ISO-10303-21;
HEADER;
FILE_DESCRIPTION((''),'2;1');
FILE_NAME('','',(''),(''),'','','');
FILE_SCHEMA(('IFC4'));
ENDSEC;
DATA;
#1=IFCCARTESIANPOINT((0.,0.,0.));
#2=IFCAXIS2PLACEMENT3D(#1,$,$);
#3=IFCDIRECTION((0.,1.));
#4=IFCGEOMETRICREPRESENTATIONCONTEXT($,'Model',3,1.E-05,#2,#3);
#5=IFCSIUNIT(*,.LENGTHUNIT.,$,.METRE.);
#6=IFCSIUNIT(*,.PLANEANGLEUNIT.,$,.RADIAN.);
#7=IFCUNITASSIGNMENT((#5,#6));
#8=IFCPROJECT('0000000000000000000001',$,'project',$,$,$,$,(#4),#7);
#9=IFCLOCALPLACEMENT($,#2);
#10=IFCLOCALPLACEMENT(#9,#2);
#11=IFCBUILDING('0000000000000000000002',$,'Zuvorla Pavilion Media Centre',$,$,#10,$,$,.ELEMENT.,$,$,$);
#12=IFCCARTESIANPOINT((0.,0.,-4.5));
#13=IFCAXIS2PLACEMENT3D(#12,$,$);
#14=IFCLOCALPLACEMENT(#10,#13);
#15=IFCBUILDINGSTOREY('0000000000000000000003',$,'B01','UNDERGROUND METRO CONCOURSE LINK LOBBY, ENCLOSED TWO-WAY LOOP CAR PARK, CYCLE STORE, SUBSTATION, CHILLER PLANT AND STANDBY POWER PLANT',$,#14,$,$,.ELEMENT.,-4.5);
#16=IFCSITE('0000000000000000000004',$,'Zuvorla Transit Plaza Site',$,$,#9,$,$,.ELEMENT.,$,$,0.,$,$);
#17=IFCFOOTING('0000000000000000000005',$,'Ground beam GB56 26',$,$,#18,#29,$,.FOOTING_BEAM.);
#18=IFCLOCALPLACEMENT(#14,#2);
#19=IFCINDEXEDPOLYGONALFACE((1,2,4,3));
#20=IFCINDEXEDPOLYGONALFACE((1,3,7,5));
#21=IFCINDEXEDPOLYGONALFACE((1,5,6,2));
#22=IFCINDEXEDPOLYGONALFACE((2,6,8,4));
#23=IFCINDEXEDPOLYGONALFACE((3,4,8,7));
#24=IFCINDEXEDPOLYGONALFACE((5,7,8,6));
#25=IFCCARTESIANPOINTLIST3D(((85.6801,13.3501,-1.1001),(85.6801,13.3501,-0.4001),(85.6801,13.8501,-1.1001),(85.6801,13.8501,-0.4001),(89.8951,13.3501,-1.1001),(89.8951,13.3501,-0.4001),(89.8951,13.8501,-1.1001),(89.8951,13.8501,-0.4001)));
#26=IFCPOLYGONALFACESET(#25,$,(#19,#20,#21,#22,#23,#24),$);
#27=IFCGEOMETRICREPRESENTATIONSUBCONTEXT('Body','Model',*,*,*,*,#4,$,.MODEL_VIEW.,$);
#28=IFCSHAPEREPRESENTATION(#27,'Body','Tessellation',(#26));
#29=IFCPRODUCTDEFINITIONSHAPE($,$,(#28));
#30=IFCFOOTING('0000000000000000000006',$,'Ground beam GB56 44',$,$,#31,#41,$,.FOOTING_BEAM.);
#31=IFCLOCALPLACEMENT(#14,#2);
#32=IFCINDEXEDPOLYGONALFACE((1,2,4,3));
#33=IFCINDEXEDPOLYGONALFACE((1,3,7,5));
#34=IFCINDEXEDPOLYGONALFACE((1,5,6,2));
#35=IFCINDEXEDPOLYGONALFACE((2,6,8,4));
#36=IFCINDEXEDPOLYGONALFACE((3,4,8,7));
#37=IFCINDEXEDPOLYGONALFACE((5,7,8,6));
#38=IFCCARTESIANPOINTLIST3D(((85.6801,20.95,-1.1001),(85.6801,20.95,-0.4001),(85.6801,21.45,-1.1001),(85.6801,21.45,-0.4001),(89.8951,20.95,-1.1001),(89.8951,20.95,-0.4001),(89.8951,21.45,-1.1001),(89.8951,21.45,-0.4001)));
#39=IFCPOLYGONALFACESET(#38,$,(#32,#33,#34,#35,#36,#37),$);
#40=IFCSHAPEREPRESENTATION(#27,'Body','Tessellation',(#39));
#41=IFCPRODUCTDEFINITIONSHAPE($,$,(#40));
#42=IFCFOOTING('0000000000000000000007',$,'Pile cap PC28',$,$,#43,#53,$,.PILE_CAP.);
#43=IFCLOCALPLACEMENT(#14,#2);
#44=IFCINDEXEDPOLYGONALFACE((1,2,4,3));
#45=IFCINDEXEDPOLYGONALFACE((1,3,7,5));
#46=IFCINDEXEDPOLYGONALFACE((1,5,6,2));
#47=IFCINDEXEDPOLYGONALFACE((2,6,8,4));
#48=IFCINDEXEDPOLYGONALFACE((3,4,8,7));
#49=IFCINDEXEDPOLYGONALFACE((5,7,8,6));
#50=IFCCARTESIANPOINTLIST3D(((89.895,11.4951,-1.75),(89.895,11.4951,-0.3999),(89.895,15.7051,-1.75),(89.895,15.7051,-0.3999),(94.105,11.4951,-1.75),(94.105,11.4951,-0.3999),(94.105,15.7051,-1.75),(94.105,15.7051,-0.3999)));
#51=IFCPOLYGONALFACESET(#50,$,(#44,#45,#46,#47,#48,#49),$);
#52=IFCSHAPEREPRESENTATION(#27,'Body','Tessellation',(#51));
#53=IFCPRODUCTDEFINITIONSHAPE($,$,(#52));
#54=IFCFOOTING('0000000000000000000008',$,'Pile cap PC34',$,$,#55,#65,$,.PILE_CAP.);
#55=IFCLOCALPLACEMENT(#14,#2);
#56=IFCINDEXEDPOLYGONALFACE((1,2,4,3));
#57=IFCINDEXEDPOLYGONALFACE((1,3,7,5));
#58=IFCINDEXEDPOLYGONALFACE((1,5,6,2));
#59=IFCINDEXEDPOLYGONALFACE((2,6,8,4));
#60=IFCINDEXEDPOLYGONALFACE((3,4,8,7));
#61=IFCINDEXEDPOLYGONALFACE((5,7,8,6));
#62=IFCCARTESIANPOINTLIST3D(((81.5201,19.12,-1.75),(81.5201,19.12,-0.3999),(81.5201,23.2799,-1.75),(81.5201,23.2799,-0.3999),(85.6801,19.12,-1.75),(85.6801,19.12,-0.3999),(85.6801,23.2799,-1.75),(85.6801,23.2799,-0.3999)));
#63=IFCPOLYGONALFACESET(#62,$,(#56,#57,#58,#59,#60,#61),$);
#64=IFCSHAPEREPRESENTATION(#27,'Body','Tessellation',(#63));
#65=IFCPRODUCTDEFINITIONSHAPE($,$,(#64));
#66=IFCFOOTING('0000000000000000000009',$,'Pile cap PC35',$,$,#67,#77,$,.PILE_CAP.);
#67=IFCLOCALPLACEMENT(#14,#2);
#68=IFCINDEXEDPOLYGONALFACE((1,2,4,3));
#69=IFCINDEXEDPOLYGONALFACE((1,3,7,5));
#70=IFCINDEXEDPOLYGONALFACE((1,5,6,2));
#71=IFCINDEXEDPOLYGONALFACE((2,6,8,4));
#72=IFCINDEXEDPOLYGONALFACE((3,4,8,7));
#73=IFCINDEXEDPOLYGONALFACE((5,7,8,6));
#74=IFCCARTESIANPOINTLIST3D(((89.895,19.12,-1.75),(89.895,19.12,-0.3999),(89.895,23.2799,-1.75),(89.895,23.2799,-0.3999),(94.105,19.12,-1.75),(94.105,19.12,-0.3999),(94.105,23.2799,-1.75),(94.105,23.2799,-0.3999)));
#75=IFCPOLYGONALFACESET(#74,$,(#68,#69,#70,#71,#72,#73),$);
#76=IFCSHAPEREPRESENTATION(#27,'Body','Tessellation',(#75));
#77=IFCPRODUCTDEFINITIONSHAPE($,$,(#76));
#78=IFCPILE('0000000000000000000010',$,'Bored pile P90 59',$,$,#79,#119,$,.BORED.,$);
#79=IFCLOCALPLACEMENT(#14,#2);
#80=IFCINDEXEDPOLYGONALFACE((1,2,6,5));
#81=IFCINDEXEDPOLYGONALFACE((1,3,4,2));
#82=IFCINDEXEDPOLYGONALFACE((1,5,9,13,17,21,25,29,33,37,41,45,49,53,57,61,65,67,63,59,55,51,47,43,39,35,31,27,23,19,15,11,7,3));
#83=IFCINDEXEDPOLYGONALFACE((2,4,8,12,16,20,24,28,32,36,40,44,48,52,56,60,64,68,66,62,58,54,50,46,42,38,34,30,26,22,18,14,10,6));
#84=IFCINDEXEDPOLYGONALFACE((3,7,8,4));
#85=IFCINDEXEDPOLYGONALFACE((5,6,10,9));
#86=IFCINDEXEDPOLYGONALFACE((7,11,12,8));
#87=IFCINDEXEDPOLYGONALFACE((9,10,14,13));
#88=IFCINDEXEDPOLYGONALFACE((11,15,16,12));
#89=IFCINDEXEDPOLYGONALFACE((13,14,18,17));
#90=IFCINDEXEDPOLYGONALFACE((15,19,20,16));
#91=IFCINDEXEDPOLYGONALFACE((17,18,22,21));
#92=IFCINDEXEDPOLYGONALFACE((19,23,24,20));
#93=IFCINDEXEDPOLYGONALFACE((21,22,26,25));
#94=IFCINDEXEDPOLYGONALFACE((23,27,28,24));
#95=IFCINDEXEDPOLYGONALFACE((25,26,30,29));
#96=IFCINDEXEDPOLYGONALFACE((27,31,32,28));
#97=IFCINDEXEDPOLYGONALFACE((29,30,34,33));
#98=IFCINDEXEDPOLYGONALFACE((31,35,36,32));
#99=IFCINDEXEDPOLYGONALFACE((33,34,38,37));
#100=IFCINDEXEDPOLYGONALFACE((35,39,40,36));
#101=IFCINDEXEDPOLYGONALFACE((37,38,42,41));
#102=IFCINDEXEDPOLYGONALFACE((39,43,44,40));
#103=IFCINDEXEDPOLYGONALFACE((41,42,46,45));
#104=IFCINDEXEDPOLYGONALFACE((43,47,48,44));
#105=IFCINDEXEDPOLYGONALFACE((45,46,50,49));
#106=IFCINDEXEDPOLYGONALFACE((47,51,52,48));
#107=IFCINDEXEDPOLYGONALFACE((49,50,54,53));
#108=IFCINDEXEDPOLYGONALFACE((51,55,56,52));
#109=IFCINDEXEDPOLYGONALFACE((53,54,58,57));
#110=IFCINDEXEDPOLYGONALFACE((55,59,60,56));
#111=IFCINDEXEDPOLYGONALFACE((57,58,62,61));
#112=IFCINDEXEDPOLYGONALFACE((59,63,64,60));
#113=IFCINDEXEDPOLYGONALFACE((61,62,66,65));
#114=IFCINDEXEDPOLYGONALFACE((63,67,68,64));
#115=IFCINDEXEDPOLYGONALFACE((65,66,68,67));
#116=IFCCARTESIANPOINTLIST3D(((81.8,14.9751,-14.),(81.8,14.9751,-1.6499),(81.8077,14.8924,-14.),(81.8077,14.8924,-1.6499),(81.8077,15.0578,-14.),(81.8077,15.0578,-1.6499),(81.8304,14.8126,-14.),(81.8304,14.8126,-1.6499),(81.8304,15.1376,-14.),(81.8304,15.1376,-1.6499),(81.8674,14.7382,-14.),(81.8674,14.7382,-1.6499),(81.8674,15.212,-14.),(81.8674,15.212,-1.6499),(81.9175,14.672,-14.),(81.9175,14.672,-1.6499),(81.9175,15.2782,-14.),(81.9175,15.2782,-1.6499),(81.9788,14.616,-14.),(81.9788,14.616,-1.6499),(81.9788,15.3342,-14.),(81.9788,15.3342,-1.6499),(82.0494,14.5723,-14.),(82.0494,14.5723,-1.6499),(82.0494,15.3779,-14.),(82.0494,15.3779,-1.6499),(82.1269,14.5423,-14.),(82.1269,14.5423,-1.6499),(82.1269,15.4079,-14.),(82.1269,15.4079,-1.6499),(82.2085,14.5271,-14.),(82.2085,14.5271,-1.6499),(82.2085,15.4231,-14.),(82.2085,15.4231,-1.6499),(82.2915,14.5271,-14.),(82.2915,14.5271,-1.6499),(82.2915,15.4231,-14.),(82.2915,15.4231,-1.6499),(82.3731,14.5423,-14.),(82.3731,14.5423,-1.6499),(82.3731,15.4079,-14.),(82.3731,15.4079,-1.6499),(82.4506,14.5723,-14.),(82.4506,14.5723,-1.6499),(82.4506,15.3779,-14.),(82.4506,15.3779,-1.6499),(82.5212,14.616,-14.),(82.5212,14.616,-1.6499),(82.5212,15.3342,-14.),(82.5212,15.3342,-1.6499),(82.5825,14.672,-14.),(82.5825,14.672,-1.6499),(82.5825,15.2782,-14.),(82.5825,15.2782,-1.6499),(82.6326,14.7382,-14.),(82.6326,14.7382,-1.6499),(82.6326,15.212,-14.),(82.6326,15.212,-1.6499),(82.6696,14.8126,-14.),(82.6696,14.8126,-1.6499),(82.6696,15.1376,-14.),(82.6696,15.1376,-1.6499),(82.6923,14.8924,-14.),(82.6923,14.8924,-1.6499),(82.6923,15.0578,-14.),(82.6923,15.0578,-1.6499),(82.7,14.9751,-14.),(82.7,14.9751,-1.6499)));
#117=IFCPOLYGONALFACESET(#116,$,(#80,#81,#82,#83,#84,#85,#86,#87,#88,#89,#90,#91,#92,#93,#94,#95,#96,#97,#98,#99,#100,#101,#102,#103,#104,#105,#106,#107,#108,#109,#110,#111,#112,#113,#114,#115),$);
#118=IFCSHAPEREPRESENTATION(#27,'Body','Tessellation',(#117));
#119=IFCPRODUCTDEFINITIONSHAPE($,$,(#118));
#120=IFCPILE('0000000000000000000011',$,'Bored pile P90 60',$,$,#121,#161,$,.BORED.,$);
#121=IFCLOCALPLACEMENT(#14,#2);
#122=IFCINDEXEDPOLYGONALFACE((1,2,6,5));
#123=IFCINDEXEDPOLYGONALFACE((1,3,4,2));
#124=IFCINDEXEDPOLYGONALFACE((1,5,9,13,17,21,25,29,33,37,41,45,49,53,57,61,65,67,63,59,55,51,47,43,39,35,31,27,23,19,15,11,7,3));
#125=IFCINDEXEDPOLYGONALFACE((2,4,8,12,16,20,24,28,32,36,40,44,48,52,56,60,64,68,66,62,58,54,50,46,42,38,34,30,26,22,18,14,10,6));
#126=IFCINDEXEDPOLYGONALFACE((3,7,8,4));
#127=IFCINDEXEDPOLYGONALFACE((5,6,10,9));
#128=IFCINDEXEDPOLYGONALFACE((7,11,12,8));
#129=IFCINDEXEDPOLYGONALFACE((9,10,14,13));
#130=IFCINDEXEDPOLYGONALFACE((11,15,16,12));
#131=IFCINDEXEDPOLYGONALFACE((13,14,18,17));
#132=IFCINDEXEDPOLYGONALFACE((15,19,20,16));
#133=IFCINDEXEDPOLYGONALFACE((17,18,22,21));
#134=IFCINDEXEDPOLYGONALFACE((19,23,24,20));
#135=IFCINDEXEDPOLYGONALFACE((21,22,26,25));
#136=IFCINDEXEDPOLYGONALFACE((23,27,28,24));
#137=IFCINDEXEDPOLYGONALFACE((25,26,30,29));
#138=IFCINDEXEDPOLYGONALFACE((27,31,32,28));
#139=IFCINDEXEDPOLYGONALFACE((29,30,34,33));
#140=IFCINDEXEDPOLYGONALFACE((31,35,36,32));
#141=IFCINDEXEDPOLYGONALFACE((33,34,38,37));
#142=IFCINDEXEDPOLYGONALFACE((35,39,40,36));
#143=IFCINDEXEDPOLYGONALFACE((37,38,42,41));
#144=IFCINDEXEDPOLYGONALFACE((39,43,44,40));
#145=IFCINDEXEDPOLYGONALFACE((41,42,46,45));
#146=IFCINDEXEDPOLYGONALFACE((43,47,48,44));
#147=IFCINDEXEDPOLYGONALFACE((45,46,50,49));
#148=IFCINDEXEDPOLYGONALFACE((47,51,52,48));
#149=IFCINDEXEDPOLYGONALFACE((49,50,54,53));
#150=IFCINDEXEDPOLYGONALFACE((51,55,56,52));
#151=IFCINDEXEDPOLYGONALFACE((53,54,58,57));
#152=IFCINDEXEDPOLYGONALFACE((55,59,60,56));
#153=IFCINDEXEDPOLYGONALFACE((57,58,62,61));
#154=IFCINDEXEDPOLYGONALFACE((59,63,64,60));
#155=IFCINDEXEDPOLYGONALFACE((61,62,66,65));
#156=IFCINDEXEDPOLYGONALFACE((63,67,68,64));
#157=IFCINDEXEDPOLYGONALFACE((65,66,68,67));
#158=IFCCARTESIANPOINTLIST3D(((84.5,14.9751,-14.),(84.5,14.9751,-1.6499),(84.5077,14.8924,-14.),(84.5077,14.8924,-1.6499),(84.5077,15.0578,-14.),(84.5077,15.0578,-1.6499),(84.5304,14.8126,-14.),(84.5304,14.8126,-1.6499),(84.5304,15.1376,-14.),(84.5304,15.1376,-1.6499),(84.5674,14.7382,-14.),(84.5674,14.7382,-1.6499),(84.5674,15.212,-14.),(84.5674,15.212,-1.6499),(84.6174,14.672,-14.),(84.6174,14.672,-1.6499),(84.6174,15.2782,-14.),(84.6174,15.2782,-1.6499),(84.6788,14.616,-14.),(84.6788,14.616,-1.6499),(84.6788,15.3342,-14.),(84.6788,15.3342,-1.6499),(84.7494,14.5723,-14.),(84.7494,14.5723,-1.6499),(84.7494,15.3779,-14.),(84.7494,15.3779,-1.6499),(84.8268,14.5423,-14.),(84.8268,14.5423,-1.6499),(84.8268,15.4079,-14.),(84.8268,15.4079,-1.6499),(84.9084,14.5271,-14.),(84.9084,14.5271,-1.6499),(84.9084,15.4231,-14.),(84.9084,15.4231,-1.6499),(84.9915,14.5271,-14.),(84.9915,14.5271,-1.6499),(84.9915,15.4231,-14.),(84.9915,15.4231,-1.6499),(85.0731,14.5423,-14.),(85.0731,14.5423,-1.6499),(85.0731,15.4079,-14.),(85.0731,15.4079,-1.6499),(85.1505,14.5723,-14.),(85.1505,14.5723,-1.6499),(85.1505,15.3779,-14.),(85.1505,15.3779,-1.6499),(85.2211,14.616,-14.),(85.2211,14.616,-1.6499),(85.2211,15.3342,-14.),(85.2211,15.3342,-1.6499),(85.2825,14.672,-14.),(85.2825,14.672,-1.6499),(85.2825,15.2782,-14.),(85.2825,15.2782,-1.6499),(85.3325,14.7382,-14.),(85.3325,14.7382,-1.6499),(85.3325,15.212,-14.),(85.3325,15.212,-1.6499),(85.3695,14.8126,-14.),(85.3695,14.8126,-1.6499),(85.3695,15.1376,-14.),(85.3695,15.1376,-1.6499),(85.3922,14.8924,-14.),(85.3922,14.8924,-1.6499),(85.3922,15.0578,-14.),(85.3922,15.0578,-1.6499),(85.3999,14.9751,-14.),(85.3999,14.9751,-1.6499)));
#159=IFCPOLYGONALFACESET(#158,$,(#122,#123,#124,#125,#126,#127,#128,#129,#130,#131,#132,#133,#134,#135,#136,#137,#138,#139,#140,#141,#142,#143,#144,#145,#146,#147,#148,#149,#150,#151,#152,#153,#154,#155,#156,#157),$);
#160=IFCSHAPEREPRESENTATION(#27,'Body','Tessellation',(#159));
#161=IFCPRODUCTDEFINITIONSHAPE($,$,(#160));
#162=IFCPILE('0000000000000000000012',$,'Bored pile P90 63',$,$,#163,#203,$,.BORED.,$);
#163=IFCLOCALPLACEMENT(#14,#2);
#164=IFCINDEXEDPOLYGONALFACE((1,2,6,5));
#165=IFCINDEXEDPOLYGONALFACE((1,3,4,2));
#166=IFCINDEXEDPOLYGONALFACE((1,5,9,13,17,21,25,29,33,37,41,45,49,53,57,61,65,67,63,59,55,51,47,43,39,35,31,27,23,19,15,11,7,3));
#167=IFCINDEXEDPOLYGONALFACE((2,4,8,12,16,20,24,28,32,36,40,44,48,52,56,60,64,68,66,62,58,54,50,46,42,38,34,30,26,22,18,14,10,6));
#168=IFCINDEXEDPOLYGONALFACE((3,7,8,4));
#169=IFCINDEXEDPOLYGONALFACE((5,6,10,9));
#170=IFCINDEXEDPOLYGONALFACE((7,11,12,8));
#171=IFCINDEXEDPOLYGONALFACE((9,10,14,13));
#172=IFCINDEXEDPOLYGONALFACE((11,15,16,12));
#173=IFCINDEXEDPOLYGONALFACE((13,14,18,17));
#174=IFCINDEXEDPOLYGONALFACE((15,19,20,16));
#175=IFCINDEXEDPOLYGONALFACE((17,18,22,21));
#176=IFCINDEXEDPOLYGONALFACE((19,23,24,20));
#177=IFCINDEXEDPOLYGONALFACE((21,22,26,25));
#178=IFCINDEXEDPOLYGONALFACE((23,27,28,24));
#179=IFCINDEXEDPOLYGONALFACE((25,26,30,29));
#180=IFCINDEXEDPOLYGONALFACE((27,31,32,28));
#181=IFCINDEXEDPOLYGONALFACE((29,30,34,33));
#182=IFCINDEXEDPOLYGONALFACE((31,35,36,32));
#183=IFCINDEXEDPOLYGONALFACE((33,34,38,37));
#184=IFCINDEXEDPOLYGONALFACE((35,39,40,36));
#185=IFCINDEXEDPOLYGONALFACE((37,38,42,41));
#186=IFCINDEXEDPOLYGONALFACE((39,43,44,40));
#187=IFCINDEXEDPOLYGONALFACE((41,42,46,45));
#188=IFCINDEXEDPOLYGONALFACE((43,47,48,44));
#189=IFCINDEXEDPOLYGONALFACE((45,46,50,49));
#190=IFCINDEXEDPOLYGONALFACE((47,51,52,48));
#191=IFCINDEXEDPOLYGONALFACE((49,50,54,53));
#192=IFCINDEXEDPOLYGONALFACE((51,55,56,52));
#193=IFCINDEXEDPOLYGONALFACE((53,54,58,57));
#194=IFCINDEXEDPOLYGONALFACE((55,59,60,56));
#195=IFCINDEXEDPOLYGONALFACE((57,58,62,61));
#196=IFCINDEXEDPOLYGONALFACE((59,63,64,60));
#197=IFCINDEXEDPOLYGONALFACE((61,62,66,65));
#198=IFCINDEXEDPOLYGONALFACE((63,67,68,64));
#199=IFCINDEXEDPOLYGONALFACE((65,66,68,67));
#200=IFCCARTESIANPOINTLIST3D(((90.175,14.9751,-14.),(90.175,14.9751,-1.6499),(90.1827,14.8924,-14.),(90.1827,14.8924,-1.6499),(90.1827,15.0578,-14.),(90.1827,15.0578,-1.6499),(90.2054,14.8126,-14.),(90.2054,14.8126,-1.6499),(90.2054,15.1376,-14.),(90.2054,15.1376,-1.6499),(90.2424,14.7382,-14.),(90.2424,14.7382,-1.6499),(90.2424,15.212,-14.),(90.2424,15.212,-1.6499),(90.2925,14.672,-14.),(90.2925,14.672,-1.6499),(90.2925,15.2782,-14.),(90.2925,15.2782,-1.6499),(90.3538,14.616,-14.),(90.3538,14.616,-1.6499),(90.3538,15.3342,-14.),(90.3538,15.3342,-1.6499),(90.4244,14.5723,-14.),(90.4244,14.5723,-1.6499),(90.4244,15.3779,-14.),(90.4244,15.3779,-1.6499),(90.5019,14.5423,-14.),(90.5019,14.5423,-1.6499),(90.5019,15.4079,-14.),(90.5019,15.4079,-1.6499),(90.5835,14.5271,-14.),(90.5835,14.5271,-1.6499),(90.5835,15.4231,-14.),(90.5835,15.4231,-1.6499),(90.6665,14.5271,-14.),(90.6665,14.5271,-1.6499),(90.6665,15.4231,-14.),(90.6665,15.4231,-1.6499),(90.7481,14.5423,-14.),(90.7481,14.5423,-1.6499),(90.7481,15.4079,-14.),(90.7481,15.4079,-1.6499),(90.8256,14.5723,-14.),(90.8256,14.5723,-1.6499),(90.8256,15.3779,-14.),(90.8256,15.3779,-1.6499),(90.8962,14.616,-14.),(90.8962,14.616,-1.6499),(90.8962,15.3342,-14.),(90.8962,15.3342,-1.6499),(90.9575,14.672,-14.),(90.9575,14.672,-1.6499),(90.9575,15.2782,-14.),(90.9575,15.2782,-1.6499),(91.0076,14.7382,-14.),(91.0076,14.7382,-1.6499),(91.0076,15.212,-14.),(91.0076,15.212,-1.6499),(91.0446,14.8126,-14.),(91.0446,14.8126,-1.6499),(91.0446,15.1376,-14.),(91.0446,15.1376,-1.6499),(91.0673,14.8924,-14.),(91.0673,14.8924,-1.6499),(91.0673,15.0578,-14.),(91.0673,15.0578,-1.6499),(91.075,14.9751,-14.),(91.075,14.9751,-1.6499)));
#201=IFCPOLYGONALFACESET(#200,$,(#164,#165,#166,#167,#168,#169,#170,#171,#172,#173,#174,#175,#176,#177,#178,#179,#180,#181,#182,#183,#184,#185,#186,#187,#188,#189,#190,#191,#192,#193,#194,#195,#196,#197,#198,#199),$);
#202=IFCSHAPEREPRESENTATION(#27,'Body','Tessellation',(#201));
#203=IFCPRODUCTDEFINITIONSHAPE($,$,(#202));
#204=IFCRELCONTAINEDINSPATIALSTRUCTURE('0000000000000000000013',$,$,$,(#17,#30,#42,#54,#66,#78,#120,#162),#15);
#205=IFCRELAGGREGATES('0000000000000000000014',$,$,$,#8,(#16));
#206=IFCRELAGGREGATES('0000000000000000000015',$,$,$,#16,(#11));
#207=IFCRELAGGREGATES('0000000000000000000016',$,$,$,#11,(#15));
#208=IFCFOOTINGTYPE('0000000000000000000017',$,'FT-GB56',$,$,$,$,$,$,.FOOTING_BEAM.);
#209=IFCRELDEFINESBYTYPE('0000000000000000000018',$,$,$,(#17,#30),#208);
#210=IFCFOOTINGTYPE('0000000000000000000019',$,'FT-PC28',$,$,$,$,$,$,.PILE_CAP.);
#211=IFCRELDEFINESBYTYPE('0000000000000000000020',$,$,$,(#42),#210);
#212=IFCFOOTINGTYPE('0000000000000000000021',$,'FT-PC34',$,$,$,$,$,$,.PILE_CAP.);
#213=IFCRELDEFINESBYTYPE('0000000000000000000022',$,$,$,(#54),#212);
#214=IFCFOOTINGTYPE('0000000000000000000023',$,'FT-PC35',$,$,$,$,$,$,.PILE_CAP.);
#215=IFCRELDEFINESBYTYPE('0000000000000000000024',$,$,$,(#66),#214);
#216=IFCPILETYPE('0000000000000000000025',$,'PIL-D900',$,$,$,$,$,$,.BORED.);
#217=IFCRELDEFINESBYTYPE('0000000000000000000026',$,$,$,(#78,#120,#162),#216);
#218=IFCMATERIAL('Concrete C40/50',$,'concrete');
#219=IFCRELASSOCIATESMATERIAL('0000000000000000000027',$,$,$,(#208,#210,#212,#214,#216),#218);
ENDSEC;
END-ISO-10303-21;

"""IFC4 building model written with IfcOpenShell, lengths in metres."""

from ifc_helpers import new_model, si_unit, direction, frame, origin, origin_2d, place, context, subcontext, project, spatial, rectangle, circle, extrude, material, material_profile, profile_set, type_object, element, save


model = new_model("IFC4")

# Units and contexts
model_context = context("Model", 3, precision=1e-05, world=origin(), true_north=direction((0.0, 1.0)))
body_context = subcontext(model_context, "Body", "Model", "MODEL_VIEW")
ifc_project = project(units=[si_unit("LENGTHUNIT", "METRE"), si_unit("PLANEANGLEUNIT", "RADIAN")], contexts=[model_context])

# Site, building, storey
site_placement = place(None, origin())
site = spatial("IfcSite", under=ifc_project, at=site_placement, Name="Zuvorla Transit Plaza Site", CompositionType="ELEMENT", RefElevation=0.0)
building_placement = place(site_placement, origin())
building = spatial("IfcBuilding", under=site, at=building_placement, Name="Zuvorla Pavilion Media Centre", CompositionType="ELEMENT")
storey_placement = place(building_placement, frame((0.0, 0.0, -4.5)))
storey = spatial("IfcBuildingStorey", under=building, at=storey_placement, Name="B01", Description="UNDERGROUND METRO CONCOURSE LINK LOBBY, ENCLOSED TWO-WAY LOOP CAR PARK, CYCLE STORE, SUBSTATION, CHILLER PLANT AND STANDBY POWER PLANT", CompositionType="ELEMENT", Elevation=-4.5)

# Footings
ifc_material_1 = material(Name="Concrete C40/50", Category="concrete")
footing_type_1 = type_object("IfcFootingType", Name="FT-GB56", PredefinedType="FOOTING_BEAM", material=ifc_material_1)
for number, where, z_axis, x_axis, name in (
    (1, (87.7876, 13.6001, -1.1001), (0.0, 0.0, 1.0), (1.0, 0.0, 0.0), "Ground beam GB56 26"),
    (2, (87.7876, 21.2, -1.1001), (0.0, 0.0, 1.0), (1.0, 0.0, 0.0), "Ground beam GB56 44"),
):
    element("IfcFooting", number, at=place(storey_placement, frame(where, z_axis=z_axis, x_axis=x_axis)), inside=storey, type_object=footing_type_1, Name=name, PredefinedType="FOOTING_BEAM", context=body_context, shape_type="SweptSolid", body=[
        extrude(rectangle(XDim=4.2151, YDim=0.5, at=origin_2d()), origin(), (0.0, 0.0, 1.0), 0.7),
    ])
footing_type_2 = type_object("IfcFootingType", Name="FT-PC28", PredefinedType="PILE_CAP", material=ifc_material_1)
footing_1_placement = place(storey_placement, frame((92.0, 13.6001, -1.75), z_axis=(0.0, 0.0, 1.0), x_axis=(1.0, 0.0, 0.0)))
element("IfcFooting", 3, at=footing_1_placement, inside=storey, type_object=footing_type_2, Name="Pile cap PC28", PredefinedType="PILE_CAP", context=body_context, shape_type="SweptSolid", body=[
    extrude(rectangle(XDim=4.21, YDim=4.21, at=origin_2d()), origin(), (0.0, 0.0, 1.0), 1.3501),
])
footing_type_3 = type_object("IfcFootingType", Name="FT-PC34", PredefinedType="PILE_CAP", material=ifc_material_1)
footing_2_placement = place(storey_placement, frame((83.6001, 21.2, -1.75), z_axis=(0.0, 0.0, 1.0), x_axis=(1.0, 0.0, 0.0)))
element("IfcFooting", 4, at=footing_2_placement, inside=storey, type_object=footing_type_3, Name="Pile cap PC34", PredefinedType="PILE_CAP", context=body_context, shape_type="SweptSolid", body=[
    extrude(rectangle(XDim=4.1599, YDim=4.1599, at=origin_2d()), origin(), (0.0, 0.0, 1.0), 1.3501),
])
footing_type_4 = type_object("IfcFootingType", Name="FT-PC35", PredefinedType="PILE_CAP", material=ifc_material_1)
footing_3_placement = place(storey_placement, frame((92.0, 21.2, -1.75), z_axis=(0.0, 0.0, 1.0), x_axis=(1.0, 0.0, 0.0)))
element("IfcFooting", 5, at=footing_3_placement, inside=storey, type_object=footing_type_4, Name="Pile cap PC35", PredefinedType="PILE_CAP", context=body_context, shape_type="SweptSolid", body=[
    extrude(rectangle(XDim=4.21, YDim=4.1599, at=origin_2d()), origin(), (0.0, 0.0, 1.0), 1.3501),
])

# Piles
ifc_material_profile_1 = material_profile(ifc_material_1, circle(Radius=0.45, at=origin_2d()), Name="BORED PILE 900")
ifc_profile_set_1 = profile_set([ifc_material_profile_1], Name="Concrete C40/50")
pile_type = type_object("IfcPileType", Name="PIL-D900", PredefinedType="BORED", material=ifc_profile_set_1)
for number, where, z_axis, x_axis, name in (
    (6, (82.25, 14.9751, -1.6499), (0.0, 0.0, -1.0), (1.0, 0.0, 0.0), "Bored pile P90 59"),
    (7, (84.95, 14.9751, -1.6499), (0.0, 0.0, -1.0), (1.0, 0.0, 0.0), "Bored pile P90 60"),
    (8, (90.625, 14.9751, -1.6499), (0.0, 0.0, -1.0), (1.0, 0.0, 0.0), "Bored pile P90 63"),
):
    element("IfcPile", number, at=place(storey_placement, frame(where, z_axis=z_axis, x_axis=x_axis)), inside=storey, type_object=pile_type, Name=name, PredefinedType="BORED", context=body_context, shape_type="SweptSolid", body=[
        extrude(circle(Radius=0.45, at=origin_2d()), origin(), (0.0, 0.0, 1.0), 12.3501),
    ])

save(model, "model.ifc")
